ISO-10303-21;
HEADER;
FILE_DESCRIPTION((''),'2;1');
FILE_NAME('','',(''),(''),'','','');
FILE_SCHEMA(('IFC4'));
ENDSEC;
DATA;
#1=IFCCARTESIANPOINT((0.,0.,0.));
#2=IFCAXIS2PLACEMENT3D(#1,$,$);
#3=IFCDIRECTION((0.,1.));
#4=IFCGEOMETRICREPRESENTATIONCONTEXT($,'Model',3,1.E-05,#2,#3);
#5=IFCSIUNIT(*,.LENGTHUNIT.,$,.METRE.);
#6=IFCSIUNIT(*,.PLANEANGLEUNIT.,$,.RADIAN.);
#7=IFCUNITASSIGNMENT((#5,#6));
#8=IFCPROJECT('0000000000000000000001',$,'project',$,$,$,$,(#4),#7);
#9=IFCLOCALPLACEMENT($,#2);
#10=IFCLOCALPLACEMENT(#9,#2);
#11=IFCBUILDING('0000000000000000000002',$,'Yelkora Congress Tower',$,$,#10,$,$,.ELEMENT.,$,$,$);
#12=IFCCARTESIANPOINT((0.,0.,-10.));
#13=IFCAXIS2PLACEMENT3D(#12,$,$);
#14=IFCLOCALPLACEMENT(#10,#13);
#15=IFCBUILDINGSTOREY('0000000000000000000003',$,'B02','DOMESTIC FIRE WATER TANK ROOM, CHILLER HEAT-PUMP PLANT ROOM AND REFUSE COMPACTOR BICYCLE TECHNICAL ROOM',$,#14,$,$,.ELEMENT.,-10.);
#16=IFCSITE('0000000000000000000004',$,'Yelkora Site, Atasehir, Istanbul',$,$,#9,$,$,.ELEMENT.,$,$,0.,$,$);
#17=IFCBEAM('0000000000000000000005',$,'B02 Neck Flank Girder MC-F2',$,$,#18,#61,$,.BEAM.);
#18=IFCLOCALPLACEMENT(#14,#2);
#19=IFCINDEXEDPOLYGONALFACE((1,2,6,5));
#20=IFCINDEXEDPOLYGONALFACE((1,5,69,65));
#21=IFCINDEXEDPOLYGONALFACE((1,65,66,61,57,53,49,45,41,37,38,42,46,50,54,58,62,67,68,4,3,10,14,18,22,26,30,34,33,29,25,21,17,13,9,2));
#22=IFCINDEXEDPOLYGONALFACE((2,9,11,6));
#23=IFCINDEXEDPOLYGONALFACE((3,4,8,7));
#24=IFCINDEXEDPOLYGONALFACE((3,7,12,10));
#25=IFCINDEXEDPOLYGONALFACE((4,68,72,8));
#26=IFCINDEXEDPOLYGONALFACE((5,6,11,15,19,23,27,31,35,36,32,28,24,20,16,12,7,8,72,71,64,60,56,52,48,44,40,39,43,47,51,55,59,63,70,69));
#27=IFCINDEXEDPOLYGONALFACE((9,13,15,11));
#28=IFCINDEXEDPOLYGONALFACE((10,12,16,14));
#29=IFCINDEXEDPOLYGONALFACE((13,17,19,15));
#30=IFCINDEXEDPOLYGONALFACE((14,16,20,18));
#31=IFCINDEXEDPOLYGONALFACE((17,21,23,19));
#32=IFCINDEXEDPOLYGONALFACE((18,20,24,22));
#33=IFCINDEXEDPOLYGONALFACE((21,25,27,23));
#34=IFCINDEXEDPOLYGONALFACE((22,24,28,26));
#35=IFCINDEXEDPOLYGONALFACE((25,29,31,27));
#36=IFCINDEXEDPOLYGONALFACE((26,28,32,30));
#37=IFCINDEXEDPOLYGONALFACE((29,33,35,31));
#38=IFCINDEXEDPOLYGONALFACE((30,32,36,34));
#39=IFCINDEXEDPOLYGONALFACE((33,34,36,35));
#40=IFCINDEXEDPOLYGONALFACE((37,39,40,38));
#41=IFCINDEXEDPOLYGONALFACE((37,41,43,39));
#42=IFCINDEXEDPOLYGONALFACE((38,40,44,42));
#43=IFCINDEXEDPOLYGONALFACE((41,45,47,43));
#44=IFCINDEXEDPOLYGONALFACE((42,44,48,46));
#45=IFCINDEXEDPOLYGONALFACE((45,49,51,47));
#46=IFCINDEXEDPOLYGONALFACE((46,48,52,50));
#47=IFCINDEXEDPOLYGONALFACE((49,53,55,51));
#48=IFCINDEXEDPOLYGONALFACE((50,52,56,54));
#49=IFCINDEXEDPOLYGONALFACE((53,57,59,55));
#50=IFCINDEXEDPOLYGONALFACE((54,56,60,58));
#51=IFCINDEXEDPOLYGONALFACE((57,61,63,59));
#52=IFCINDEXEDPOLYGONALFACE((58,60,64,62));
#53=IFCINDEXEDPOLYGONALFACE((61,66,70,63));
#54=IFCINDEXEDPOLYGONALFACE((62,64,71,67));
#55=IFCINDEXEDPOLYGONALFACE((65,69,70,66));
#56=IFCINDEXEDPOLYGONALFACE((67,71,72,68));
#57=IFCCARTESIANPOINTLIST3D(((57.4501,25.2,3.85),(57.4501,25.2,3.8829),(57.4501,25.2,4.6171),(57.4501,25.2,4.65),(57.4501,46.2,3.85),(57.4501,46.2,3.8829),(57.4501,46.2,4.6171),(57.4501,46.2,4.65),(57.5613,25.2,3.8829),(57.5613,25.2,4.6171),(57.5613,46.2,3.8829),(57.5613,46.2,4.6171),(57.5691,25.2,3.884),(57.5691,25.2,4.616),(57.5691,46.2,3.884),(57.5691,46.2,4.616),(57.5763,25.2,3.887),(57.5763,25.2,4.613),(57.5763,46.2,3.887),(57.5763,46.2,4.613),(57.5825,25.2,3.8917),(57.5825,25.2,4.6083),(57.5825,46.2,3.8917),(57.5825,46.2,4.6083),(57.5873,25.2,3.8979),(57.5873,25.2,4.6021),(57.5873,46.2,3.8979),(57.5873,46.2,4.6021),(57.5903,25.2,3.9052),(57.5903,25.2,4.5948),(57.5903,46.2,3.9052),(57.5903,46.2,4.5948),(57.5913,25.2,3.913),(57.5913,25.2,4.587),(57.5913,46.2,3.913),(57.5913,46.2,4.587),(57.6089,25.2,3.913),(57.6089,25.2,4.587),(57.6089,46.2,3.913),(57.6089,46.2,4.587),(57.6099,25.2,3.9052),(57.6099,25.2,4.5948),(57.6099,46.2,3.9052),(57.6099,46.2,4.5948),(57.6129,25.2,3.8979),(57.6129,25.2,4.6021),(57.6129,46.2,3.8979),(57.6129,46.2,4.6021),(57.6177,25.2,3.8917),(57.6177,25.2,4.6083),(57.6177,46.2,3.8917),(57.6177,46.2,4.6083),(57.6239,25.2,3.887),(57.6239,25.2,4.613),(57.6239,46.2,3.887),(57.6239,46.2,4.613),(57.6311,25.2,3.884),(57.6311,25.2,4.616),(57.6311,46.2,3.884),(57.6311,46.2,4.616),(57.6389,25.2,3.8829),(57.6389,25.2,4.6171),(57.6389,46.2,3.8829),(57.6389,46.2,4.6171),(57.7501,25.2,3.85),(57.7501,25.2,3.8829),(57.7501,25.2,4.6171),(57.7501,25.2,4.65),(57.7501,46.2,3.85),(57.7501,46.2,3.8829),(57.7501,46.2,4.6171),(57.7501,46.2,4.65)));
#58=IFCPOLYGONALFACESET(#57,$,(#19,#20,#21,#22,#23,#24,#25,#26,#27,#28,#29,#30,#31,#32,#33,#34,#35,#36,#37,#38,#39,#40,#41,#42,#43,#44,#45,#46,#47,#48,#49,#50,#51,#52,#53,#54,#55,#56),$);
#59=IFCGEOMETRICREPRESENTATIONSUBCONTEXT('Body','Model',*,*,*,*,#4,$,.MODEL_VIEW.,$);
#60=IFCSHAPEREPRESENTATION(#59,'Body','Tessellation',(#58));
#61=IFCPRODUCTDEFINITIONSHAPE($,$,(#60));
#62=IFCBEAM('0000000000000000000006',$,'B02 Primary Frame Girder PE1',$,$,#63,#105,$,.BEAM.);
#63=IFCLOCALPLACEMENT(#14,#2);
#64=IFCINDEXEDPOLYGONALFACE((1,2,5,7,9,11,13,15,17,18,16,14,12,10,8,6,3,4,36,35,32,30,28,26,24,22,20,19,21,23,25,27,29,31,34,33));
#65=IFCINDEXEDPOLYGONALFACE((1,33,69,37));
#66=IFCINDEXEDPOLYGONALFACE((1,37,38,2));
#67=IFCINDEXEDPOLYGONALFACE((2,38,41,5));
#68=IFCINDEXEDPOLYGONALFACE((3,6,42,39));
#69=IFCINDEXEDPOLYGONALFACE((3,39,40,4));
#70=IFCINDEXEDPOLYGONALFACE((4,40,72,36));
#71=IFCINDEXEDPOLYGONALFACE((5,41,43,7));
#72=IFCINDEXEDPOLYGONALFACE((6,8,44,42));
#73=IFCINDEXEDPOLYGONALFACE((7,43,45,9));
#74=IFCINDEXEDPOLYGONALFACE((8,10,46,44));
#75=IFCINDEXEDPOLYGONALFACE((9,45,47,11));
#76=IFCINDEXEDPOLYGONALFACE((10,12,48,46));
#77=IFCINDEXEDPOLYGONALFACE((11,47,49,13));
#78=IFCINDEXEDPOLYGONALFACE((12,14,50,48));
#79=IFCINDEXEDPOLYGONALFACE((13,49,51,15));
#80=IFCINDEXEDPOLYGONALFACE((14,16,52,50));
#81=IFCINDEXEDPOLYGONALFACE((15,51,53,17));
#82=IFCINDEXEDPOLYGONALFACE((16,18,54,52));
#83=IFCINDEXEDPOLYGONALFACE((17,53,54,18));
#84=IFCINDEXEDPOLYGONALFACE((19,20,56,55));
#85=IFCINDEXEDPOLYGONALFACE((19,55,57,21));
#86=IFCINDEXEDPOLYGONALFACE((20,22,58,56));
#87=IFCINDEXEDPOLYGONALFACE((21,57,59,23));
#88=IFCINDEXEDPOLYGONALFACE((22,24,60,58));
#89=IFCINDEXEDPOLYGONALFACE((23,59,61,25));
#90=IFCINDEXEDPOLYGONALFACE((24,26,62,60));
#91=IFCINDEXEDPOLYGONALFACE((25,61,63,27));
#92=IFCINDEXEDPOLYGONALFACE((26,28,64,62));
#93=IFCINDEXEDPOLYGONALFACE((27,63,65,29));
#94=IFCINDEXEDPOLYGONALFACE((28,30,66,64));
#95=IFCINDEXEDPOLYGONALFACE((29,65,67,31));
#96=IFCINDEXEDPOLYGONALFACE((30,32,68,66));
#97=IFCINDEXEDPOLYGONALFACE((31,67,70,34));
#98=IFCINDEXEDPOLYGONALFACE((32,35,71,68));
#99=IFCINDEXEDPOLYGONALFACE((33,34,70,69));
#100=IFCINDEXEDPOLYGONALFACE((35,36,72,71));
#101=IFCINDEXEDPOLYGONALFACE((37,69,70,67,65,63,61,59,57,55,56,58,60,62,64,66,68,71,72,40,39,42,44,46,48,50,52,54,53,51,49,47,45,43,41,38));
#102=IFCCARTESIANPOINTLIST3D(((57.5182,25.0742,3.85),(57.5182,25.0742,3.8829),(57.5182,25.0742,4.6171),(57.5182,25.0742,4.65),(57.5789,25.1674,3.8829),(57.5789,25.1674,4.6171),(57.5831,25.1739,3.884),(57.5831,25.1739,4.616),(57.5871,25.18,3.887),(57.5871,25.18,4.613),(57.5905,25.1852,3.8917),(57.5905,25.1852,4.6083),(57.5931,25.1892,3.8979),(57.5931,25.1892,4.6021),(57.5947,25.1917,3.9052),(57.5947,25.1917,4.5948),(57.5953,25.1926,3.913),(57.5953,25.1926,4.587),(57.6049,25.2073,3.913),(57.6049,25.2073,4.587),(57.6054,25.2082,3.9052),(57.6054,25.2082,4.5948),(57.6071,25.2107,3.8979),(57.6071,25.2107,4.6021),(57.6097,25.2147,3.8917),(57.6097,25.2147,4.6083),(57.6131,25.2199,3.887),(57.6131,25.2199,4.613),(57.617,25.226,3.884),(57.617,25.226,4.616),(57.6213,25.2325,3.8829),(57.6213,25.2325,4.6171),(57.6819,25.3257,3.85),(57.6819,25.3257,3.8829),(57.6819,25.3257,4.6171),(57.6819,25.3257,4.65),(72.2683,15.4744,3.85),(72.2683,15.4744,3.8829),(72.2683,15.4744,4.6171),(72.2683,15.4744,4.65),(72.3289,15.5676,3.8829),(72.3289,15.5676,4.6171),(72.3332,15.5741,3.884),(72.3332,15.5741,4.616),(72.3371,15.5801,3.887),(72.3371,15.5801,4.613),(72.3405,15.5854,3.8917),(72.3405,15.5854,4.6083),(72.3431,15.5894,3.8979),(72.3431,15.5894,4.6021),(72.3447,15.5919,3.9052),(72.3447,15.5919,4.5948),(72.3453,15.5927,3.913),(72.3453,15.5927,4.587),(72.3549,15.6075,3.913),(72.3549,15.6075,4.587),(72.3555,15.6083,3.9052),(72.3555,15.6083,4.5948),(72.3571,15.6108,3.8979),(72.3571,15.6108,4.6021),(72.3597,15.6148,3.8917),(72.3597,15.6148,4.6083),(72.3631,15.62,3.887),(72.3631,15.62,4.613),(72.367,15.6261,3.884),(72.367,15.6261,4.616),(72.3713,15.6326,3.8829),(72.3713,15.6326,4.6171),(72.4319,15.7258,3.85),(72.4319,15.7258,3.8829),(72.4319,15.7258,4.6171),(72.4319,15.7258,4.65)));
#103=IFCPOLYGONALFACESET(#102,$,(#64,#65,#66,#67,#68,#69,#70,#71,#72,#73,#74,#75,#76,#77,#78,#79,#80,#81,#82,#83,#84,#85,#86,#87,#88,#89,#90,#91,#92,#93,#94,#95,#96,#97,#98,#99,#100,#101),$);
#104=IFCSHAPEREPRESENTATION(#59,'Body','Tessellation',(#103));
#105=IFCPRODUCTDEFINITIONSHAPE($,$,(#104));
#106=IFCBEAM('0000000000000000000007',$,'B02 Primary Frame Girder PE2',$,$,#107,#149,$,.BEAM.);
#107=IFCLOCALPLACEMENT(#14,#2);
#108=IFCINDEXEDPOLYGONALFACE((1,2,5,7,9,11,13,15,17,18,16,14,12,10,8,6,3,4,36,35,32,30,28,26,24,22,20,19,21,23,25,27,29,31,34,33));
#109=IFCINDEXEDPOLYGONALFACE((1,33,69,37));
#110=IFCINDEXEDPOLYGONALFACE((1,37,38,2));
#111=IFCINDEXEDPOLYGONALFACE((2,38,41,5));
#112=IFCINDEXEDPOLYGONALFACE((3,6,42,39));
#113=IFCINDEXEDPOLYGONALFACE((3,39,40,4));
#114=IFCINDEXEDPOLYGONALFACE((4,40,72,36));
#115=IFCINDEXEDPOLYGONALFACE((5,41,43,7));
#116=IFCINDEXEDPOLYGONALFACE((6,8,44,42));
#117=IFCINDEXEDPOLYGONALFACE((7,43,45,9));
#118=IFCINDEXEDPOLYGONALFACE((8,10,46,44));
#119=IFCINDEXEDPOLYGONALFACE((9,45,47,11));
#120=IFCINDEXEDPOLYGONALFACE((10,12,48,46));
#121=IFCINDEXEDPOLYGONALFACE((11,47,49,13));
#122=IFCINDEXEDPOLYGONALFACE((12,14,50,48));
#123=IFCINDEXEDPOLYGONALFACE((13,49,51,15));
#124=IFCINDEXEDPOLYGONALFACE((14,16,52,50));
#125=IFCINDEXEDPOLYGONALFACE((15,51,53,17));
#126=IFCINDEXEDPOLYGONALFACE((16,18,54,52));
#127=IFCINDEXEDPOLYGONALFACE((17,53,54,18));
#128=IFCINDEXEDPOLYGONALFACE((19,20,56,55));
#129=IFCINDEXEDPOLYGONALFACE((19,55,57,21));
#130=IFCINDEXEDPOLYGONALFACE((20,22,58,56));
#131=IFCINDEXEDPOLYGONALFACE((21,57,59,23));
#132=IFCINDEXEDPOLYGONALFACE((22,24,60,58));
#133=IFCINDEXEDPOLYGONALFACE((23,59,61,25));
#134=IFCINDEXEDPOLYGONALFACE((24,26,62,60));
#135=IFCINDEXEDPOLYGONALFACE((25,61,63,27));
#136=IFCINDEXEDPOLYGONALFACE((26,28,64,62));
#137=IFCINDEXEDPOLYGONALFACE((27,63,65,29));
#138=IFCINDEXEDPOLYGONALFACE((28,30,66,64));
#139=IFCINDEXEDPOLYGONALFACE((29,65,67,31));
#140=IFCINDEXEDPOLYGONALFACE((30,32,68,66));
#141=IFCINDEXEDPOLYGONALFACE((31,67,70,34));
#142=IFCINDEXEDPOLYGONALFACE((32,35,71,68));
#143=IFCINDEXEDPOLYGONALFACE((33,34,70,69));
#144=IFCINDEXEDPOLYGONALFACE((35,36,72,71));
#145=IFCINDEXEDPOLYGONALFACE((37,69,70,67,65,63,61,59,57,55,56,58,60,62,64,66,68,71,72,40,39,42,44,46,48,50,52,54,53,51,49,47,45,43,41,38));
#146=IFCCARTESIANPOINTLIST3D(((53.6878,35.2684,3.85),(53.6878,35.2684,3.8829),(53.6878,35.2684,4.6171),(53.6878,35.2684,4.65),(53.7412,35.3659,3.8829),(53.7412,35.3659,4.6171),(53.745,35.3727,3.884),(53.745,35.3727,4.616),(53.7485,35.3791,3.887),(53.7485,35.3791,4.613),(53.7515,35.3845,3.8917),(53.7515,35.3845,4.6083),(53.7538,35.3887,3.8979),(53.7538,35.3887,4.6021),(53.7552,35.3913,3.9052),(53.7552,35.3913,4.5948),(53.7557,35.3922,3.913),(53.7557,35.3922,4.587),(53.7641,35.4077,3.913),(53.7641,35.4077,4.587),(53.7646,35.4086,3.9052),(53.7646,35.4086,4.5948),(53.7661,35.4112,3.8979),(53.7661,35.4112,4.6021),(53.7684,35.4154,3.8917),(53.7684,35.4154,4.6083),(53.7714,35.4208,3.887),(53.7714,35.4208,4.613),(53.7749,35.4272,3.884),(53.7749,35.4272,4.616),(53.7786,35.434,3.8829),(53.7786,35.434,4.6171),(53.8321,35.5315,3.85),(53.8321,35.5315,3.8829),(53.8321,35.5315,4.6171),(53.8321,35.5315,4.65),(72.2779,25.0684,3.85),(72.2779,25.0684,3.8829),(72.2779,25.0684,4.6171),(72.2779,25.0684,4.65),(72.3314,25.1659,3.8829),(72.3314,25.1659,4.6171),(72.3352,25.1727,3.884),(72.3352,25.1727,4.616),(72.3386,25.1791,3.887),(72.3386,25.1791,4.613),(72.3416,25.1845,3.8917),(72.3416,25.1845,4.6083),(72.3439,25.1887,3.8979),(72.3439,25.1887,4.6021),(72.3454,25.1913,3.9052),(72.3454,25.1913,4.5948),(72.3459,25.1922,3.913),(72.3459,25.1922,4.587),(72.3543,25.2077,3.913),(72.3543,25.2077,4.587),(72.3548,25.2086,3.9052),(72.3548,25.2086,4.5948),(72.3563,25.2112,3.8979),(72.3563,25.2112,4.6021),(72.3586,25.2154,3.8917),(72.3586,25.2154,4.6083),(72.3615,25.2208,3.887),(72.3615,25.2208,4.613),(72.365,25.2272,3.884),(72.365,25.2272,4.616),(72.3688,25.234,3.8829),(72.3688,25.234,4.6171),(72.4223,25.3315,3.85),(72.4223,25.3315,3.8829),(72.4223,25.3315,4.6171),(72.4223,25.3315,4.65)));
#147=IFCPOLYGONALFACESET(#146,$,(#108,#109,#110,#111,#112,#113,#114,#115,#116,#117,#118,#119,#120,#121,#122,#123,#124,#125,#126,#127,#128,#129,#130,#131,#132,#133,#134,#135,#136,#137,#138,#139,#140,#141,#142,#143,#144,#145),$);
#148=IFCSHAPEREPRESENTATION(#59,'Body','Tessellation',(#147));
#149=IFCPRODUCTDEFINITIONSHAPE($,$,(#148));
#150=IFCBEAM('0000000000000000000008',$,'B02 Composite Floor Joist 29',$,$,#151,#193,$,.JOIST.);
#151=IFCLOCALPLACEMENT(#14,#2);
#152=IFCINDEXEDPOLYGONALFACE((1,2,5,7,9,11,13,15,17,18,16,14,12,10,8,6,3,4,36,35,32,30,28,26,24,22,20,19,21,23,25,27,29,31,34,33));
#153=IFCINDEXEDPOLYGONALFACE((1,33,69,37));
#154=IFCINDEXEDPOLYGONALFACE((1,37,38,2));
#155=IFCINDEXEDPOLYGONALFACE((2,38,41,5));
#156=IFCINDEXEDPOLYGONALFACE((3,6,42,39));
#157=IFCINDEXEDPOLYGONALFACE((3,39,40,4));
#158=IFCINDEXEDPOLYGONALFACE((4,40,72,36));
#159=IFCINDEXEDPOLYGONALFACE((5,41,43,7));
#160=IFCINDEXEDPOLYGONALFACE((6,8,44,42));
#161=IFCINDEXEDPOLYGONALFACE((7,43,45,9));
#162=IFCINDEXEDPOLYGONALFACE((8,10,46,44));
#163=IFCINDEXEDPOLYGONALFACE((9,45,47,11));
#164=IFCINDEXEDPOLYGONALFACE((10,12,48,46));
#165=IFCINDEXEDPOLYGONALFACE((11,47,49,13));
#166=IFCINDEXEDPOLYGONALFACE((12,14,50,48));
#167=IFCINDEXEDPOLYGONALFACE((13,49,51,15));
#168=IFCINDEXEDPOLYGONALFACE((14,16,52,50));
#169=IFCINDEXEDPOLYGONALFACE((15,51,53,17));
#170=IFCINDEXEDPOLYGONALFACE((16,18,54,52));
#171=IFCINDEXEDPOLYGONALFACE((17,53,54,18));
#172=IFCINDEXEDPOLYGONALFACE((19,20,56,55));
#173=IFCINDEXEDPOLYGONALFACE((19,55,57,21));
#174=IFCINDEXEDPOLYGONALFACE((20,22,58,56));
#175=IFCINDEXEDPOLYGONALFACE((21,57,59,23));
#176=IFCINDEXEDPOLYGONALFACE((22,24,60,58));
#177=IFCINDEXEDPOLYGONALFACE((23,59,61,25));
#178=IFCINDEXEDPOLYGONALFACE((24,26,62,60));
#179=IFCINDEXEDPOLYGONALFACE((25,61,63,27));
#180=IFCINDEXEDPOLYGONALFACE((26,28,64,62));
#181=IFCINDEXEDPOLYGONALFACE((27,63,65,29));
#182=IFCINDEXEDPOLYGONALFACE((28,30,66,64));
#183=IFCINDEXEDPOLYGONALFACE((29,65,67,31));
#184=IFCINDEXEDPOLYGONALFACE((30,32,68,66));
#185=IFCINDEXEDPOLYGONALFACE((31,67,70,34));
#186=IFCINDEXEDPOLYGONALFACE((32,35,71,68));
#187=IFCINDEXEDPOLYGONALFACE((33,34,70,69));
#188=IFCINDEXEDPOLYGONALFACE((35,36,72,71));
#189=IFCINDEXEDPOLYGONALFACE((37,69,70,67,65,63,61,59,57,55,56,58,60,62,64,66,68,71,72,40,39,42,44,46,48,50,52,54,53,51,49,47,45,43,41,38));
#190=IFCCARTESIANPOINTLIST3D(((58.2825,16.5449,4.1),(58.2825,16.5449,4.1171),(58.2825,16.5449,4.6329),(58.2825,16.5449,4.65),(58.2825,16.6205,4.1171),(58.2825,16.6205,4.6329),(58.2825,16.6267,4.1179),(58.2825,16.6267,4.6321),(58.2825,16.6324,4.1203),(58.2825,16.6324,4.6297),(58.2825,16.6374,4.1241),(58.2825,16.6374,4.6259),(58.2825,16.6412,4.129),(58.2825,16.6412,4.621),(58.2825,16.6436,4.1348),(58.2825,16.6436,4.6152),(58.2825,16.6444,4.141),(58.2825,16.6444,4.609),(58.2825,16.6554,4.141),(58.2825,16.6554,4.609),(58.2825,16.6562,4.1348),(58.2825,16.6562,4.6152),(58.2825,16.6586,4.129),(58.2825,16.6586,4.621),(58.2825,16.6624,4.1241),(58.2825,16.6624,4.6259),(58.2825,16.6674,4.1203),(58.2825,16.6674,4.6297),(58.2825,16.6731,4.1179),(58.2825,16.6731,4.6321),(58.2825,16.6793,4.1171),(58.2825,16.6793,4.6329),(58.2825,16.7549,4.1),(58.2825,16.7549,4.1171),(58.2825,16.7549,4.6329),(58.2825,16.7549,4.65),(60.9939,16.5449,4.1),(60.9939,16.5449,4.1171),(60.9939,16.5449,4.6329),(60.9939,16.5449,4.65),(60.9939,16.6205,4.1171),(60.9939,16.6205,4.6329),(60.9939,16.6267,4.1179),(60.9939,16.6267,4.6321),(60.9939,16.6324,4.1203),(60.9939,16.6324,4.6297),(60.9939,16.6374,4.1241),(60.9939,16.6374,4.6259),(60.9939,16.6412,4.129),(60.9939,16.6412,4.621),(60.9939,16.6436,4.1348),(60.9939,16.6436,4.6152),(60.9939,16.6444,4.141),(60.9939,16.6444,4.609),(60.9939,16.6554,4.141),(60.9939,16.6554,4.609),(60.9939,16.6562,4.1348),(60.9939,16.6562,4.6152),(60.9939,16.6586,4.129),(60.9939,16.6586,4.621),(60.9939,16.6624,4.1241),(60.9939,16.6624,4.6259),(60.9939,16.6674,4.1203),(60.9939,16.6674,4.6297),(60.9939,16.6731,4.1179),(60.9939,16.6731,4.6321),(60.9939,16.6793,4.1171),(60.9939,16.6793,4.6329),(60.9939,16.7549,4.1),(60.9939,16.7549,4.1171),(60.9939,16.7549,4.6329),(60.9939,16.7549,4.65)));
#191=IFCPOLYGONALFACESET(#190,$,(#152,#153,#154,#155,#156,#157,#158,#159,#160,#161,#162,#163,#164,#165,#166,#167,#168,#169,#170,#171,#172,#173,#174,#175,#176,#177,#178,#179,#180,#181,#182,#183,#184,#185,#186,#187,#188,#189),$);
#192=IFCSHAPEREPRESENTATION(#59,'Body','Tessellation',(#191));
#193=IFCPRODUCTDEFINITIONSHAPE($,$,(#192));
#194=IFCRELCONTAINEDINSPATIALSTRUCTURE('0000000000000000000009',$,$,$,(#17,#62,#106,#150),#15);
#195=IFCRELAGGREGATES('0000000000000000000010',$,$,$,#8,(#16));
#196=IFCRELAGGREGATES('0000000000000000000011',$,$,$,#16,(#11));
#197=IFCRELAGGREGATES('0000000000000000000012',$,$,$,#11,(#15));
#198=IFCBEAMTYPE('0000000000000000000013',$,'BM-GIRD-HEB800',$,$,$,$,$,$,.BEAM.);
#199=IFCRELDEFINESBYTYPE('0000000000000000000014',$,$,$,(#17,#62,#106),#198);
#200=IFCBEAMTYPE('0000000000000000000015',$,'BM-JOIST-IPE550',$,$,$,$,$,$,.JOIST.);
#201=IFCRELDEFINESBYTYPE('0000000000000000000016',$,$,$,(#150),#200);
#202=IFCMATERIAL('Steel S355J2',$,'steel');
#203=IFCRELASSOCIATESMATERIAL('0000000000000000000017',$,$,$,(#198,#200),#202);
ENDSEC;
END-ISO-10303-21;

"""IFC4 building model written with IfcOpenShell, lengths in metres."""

from ifc_helpers import new_model, si_unit, direction, frame, origin, origin_2d, place, context, subcontext, project, spatial, i_section, extrude, material, material_profile, profile_set, type_object, element, save


model = new_model("IFC4")

# Units and contexts
model_context = context("Model", 3, precision=1e-05, world=origin(), true_north=direction((0.0, 1.0)))
body_context = subcontext(model_context, "Body", "Model", "MODEL_VIEW")
ifc_project = project(units=[si_unit("LENGTHUNIT", "METRE"), si_unit("PLANEANGLEUNIT", "RADIAN")], contexts=[model_context])

# Site, building, storey
site_placement = place(None, origin())
site = spatial("IfcSite", under=ifc_project, at=site_placement, Name="Yelkora Site, Atasehir, Istanbul", CompositionType="ELEMENT", RefElevation=0.0)
building_placement = place(site_placement, origin())
building = spatial("IfcBuilding", under=site, at=building_placement, Name="Yelkora Congress Tower", CompositionType="ELEMENT")
storey_placement = place(building_placement, frame((0.0, 0.0, -10.0)))
storey = spatial("IfcBuildingStorey", under=building, at=storey_placement, Name="B02", Description="DOMESTIC FIRE WATER TANK ROOM, CHILLER HEAT-PUMP PLANT ROOM AND REFUSE COMPACTOR BICYCLE TECHNICAL ROOM", CompositionType="ELEMENT", Elevation=-10.0)

# Beams
ifc_material_1 = material(Name="Steel S355J2", Category="steel")
ifc_material_profile_1 = material_profile(ifc_material_1, i_section(OverallWidth=0.3, OverallDepth=0.8, WebThickness=0.0176, FlangeThickness=0.033, FilletRadius=0.03, at=origin_2d()), Name="HEB 800")
ifc_profile_set_1 = profile_set([ifc_material_profile_1], Name="Steel S355J2")
beam_type_1 = type_object("IfcBeamType", Name="BM-GIRD-HEB800", PredefinedType="BEAM", material=ifc_profile_set_1)
beam_1_placement = place(storey_placement, frame((57.6001, 25.2, 4.25), z_axis=(0.0, 1.0, 0.0), x_axis=(-1.0, 0.0, 0.0)))
element("IfcBeam", 1, at=beam_1_placement, inside=storey, type_object=beam_type_1, Name="B02 Neck Flank Girder MC-F2", PredefinedType="BEAM", context=body_context, shape_type="SweptSolid", body=[
    extrude(i_section(OverallWidth=0.3, OverallDepth=0.8, WebThickness=0.0176, FlangeThickness=0.033, FilletRadius=0.03, at=origin_2d()), origin(), (0.0, 0.0, 1.0), 21.0),
])
beam_2_placement = place(storey_placement, frame((72.3501, 15.6001, 4.25), z_axis=(-0.838123, 0.545482, 0.0), x_axis=(-0.545482, -0.838123, 0.0)))
element("IfcBeam", 2, at=beam_2_placement, inside=storey, type_object=beam_type_1, Name="B02 Primary Frame Girder PE1", PredefinedType="BEAM", context=body_context, shape_type="SweptSolid", body=[
    extrude(i_section(OverallWidth=0.3, OverallDepth=0.8, WebThickness=0.0176, FlangeThickness=0.033, FilletRadius=0.03, at=origin_2d()), origin(), (0.0, 0.0, 1.0), 17.5989),
])
beam_3_placement = place(storey_placement, frame((72.3501, 25.2, 4.25), z_axis=(-0.876705, 0.481028, 0.0), x_axis=(-0.481028, -0.876705, 0.0)))
element("IfcBeam", 3, at=beam_3_placement, inside=storey, type_object=beam_type_1, Name="B02 Primary Frame Girder PE2", PredefinedType="BEAM", context=body_context, shape_type="SweptSolid", body=[
    extrude(i_section(OverallWidth=0.3, OverallDepth=0.8, WebThickness=0.0176, FlangeThickness=0.033, FilletRadius=0.03, at=origin_2d()), origin(), (0.0, 0.0, 1.0), 21.2046),
])
ifc_material_profile_2 = material_profile(ifc_material_1, i_section(OverallWidth=0.21, OverallDepth=0.55, WebThickness=0.011, FlangeThickness=0.0171, FilletRadius=0.0239, at=origin_2d()), Name="IPE 550")
ifc_profile_set_2 = profile_set([ifc_material_profile_2], Name="Steel S355J2")
beam_type_2 = type_object("IfcBeamType", Name="BM-JOIST-IPE550", PredefinedType="JOIST", material=ifc_profile_set_2)
for number, where, z_axis, x_axis, name in (
    (4, (58.2825, 16.6499, 4.375), (1.0, 0.0, 0.0), (0.0, 1.0, 0.0), "B02 Composite Floor Joist 29"),
):
    element("IfcBeam", number, at=place(storey_placement, frame(where, z_axis=z_axis, x_axis=x_axis)), inside=storey, type_object=beam_type_2, Name=name, PredefinedType="JOIST", context=body_context, shape_type="SweptSolid", body=[
        extrude(i_section(OverallWidth=0.21, OverallDepth=0.55, WebThickness=0.011, FlangeThickness=0.0171, FilletRadius=0.0239, at=origin_2d()), origin(), (0.0, 0.0, 1.0), 2.7114),
    ])

save(model, "model.ifc")
